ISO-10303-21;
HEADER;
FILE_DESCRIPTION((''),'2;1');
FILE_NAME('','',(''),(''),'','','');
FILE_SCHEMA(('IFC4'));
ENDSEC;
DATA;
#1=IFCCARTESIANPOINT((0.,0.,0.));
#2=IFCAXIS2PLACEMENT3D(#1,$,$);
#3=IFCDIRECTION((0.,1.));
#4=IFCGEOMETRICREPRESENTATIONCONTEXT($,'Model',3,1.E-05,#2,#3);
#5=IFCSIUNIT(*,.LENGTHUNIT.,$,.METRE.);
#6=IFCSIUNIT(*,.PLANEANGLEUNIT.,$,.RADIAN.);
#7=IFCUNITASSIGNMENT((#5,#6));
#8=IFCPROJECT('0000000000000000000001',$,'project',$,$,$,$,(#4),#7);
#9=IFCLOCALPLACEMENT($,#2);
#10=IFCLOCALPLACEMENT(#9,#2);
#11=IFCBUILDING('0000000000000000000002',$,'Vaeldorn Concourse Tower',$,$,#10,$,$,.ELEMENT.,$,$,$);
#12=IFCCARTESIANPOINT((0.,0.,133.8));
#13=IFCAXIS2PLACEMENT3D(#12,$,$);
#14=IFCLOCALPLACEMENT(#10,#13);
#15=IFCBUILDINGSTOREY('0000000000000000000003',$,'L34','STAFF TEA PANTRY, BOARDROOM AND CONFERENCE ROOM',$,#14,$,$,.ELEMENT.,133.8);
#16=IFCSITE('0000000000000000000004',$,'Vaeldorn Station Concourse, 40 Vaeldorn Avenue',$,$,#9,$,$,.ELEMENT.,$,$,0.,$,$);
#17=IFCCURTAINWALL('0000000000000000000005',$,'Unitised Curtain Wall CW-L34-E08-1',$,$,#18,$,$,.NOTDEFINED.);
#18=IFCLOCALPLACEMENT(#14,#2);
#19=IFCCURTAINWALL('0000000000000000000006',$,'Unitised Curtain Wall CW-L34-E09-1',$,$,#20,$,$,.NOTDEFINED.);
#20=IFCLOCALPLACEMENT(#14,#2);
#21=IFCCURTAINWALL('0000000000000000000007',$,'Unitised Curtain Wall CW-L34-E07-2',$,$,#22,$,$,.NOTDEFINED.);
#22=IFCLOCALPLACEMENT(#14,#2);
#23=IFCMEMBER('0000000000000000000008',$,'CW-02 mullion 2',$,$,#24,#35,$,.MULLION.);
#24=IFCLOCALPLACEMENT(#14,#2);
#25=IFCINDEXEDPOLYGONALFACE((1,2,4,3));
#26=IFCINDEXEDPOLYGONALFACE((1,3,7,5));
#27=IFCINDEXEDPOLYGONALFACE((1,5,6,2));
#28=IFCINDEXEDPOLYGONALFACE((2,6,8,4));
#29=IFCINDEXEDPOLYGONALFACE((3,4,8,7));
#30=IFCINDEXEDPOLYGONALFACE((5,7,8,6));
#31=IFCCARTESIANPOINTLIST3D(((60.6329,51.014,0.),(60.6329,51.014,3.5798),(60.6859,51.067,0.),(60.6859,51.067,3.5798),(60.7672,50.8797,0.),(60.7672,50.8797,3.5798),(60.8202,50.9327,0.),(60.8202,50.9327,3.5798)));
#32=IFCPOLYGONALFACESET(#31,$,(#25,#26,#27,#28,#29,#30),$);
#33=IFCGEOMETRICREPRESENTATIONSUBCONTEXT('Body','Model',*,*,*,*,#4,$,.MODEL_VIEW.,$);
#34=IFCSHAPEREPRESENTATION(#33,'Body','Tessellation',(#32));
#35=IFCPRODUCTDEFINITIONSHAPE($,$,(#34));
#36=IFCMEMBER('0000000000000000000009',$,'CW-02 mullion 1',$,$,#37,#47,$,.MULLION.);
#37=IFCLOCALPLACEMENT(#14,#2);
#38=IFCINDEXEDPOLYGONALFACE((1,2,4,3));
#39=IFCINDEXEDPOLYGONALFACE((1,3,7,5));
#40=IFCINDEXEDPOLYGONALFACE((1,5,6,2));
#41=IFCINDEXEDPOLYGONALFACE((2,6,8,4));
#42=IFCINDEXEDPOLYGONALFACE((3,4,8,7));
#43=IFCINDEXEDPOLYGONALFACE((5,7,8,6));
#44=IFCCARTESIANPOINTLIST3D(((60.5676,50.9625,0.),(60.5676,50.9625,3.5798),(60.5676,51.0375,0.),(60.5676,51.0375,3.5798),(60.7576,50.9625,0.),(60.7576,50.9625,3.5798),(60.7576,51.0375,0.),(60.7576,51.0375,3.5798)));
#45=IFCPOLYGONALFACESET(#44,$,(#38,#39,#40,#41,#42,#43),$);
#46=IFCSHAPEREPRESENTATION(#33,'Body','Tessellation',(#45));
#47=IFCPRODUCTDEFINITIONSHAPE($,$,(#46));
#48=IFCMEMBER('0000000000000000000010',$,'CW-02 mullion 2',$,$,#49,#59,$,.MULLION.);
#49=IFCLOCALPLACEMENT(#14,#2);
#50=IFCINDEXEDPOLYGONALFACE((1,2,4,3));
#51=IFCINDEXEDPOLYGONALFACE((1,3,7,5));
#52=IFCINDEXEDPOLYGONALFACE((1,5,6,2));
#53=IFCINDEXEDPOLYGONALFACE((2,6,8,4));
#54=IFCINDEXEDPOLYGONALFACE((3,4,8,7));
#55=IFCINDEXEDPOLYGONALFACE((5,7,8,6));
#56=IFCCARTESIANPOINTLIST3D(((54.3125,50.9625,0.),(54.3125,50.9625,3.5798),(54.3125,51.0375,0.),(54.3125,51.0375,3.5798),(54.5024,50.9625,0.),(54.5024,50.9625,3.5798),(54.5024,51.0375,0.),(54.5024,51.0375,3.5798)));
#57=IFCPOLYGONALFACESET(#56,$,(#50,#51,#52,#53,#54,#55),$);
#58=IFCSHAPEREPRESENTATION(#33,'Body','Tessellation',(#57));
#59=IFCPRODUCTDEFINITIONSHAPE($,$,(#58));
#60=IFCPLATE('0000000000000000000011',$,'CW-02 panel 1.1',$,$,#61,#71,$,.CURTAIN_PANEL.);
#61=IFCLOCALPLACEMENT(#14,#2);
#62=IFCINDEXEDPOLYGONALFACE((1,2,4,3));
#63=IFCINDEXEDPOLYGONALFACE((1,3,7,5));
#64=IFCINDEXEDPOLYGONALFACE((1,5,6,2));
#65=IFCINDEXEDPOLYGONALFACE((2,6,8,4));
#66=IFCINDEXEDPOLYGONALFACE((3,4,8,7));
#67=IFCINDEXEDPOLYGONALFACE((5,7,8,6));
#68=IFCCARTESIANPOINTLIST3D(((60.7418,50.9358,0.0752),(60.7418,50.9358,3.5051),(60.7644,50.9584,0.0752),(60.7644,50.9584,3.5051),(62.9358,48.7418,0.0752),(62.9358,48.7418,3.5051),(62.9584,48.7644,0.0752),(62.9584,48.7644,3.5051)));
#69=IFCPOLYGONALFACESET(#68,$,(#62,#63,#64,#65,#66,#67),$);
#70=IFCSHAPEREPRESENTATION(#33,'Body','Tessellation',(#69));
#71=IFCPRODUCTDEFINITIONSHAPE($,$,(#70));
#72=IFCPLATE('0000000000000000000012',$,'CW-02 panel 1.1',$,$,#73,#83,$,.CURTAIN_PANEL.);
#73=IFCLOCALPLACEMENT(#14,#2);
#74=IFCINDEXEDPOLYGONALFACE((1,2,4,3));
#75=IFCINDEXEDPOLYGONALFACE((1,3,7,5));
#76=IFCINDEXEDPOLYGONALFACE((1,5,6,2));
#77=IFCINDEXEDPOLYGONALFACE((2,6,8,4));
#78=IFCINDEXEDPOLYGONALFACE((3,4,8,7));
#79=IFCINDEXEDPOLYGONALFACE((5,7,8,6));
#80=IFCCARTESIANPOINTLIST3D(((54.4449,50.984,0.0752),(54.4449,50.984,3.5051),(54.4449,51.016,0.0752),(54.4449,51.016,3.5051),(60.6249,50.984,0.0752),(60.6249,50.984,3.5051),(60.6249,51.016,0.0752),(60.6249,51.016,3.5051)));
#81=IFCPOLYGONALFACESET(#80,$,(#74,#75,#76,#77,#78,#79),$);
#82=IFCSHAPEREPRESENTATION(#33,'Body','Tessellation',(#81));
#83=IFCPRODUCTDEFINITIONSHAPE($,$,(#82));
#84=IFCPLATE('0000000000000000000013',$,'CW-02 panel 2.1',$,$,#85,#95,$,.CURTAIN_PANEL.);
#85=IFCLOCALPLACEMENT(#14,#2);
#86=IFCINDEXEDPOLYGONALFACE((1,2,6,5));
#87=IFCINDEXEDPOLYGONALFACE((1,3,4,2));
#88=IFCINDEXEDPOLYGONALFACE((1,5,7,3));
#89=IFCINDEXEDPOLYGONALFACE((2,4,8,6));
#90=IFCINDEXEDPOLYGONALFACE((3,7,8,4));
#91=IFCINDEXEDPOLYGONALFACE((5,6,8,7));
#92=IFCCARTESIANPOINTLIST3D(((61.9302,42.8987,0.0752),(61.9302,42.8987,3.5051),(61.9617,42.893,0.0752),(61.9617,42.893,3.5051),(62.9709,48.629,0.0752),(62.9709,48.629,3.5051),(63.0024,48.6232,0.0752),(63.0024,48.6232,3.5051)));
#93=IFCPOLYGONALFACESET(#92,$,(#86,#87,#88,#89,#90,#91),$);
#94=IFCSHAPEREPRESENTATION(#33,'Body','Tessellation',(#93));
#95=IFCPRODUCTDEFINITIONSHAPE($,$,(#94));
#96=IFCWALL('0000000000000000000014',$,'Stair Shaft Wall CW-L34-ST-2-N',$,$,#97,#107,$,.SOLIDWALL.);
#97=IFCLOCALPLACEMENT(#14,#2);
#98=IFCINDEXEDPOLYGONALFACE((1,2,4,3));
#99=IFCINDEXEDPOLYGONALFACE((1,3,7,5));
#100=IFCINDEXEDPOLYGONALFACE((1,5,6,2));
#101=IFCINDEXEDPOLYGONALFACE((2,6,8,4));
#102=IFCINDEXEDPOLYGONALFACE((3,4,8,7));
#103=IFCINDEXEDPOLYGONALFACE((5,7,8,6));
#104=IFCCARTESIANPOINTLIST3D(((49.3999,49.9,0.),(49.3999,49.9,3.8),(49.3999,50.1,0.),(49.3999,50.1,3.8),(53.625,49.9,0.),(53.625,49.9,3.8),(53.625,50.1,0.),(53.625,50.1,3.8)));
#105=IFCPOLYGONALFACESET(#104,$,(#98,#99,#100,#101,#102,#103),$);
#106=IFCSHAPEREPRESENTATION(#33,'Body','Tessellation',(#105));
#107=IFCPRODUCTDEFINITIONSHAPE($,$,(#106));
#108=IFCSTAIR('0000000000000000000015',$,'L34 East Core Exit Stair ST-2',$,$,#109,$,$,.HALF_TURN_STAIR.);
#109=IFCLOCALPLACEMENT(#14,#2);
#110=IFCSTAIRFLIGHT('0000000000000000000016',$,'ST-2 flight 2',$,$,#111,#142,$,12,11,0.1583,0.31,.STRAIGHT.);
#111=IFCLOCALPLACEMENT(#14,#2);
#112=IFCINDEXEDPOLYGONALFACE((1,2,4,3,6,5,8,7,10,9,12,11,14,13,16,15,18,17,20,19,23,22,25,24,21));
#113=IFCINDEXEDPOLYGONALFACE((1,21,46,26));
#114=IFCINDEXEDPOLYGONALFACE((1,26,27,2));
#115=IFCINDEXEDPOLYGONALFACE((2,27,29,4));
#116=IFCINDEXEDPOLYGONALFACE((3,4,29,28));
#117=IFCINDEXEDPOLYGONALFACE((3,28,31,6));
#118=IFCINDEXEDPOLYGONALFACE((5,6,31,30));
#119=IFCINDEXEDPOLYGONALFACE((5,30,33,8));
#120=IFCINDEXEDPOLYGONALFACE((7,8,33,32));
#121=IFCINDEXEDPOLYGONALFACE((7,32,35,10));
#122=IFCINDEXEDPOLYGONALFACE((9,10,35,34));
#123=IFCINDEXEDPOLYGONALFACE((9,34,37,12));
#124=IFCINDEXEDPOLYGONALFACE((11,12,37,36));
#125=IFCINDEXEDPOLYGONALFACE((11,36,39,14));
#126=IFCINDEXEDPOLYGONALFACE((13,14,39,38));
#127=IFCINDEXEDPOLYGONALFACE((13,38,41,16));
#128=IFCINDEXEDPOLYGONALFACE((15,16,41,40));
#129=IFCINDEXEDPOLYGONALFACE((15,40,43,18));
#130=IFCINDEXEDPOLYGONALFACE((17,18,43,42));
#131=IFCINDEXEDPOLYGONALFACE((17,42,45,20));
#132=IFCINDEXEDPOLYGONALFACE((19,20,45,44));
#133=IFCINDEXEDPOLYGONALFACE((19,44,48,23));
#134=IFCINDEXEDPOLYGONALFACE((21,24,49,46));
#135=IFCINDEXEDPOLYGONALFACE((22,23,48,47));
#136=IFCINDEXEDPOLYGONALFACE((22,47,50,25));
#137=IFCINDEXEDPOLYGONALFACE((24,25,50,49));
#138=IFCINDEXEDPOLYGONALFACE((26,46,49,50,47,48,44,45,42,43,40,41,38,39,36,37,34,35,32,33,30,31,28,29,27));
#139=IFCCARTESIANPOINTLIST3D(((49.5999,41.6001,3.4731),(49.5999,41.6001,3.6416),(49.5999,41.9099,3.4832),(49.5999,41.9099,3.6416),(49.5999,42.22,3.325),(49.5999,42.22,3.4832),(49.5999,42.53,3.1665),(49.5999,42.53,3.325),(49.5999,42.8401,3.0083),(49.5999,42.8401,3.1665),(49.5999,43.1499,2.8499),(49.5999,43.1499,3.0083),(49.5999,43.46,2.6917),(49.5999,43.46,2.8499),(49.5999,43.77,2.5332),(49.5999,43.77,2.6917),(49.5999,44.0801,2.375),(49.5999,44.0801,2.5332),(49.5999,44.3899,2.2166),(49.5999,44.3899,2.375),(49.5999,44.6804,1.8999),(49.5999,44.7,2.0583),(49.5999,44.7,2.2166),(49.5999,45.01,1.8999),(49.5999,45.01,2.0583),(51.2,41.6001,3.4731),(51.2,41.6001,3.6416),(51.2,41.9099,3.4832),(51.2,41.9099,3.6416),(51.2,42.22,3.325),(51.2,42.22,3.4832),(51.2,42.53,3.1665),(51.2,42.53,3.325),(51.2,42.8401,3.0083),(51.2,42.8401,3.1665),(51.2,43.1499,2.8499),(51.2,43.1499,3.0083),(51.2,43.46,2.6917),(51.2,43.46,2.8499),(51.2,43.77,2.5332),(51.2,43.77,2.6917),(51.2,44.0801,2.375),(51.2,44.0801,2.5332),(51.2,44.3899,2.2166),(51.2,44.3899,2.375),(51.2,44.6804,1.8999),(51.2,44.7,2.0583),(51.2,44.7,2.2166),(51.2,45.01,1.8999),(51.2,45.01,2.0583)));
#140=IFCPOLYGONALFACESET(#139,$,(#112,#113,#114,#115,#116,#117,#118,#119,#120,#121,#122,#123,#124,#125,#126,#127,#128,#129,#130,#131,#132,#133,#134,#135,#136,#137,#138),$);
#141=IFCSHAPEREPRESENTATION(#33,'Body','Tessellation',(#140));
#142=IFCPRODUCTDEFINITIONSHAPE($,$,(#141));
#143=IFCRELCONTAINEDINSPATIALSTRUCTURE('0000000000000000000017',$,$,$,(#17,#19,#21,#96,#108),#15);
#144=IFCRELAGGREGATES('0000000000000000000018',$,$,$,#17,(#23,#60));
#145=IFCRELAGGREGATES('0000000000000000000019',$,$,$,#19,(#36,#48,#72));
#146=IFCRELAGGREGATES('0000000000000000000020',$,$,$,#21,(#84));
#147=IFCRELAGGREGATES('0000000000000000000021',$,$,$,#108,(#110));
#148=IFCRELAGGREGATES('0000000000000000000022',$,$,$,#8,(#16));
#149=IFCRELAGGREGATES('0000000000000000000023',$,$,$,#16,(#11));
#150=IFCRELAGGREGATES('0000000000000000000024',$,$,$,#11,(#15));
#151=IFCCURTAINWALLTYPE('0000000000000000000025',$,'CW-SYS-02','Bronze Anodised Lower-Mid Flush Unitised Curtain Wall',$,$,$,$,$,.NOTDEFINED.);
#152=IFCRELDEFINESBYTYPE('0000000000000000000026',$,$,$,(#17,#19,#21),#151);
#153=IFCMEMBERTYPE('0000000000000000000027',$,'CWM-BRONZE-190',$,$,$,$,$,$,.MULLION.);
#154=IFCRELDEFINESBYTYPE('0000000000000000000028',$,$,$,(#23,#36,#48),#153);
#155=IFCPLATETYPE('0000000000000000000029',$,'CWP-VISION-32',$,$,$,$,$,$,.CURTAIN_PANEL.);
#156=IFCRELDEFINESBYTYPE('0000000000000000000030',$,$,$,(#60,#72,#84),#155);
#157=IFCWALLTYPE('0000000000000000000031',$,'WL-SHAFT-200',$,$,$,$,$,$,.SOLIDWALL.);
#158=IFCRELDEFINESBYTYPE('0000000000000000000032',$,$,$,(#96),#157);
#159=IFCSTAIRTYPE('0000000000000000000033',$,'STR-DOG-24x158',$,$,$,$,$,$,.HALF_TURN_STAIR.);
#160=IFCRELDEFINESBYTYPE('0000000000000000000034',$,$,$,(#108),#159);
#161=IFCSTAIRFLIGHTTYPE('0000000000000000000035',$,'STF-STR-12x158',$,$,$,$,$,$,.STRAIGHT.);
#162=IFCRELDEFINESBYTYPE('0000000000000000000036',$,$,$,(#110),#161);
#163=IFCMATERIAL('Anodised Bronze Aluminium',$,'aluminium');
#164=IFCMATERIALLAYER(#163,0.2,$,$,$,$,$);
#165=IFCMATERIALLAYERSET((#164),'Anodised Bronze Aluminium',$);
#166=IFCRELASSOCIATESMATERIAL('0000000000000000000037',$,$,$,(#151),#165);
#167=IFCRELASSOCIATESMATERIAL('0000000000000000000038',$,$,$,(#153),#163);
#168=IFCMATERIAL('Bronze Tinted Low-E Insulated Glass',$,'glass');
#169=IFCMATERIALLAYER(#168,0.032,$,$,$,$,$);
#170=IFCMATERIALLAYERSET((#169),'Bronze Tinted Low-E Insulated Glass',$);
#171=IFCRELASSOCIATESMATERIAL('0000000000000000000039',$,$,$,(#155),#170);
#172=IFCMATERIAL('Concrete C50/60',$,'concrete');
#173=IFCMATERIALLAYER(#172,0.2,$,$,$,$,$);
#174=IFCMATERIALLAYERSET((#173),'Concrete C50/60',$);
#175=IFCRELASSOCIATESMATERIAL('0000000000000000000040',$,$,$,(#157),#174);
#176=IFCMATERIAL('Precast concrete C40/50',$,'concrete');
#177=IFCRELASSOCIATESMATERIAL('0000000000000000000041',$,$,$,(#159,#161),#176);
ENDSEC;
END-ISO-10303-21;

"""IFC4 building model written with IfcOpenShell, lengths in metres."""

from ifc_helpers import new_model, si_unit, direction, frame, frame_2d, origin, origin_2d, place, context, subcontext, project, spatial, polyline, rectangle, outline, extrude, source, transform, mapped, material, layer, layer_set, material_profile, profile_set, type_object, element, aggregate, save


model = new_model("IFC4")

# Units and contexts
model_context = context("Model", 3, precision=1e-05, world=origin(), true_north=direction((0.0, 1.0)))
body_context = subcontext(model_context, "Body", "Model", "MODEL_VIEW")
ifc_project = project(units=[si_unit("LENGTHUNIT", "METRE"), si_unit("PLANEANGLEUNIT", "RADIAN")], contexts=[model_context])

# Site, building, storey
site_placement = place(None, origin())
site = spatial("IfcSite", under=ifc_project, at=site_placement, Name="Vaeldorn Station Concourse, 40 Vaeldorn Avenue", CompositionType="ELEMENT", RefElevation=0.0)
building_placement = place(site_placement, origin())
building = spatial("IfcBuilding", under=site, at=building_placement, Name="Vaeldorn Concourse Tower", CompositionType="ELEMENT")
storey_placement = place(building_placement, frame((0.0, 0.0, 133.8)))
storey = spatial("IfcBuildingStorey", under=building, at=storey_placement, Name="L34", Description="STAFF TEA PANTRY, BOARDROOM AND CONFERENCE ROOM", CompositionType="ELEMENT", Elevation=133.8)

# Curtain walls
ifc_material_1 = material(Name="Anodised Bronze Aluminium", Category="aluminium")
ifc_layer_1 = layer(ifc_material_1, 0.2)
ifc_layer_set_1 = layer_set([ifc_layer_1], Name="Anodised Bronze Aluminium")
curtain_wall_type = type_object("IfcCurtainWallType", Name="CW-SYS-02", Description="Bronze Anodised Lower-Mid Flush Unitised Curtain Wall", PredefinedType="NOTDEFINED", material=ifc_layer_set_1)
curtain_wall_1_placement = place(storey_placement, origin())
curtain_wall_1 = element("IfcCurtainWall", 1, at=curtain_wall_1_placement, inside=storey, type_object=curtain_wall_type, Name="Unitised Curtain Wall CW-L34-E08-1", PredefinedType="NOTDEFINED")
curtain_wall_2_placement = place(storey_placement, origin())
curtain_wall_2 = element("IfcCurtainWall", 2, at=curtain_wall_2_placement, inside=storey, type_object=curtain_wall_type, Name="Unitised Curtain Wall CW-L34-E09-1", PredefinedType="NOTDEFINED")

# Curtain wall
curtain_wall_3_placement = place(storey_placement, origin())
curtain_wall_3 = element("IfcCurtainWall", 3, at=curtain_wall_3_placement, inside=storey, type_object=curtain_wall_type, Name="Unitised Curtain Wall CW-L34-E07-2", PredefinedType="NOTDEFINED")
ifc_material_profile_1 = material_profile(ifc_material_1, rectangle(XDim=0.075, YDim=0.1899, at=origin_2d()), Name="CWM 75x190")
ifc_profile_set_1 = profile_set([ifc_material_profile_1], Name="Anodised Bronze Aluminium")
member_type_1 = type_object("IfcMemberType", Name="CWM-BRONZE-190", PredefinedType="MULLION", material=ifc_profile_set_1)
shared_shape_1 = source(origin(), body_context, "Body", "SweptSolid", [
    extrude(rectangle(XDim=0.075, YDim=0.1899, at=origin_2d()), origin(), (0.0, 0.0, 1.0), 3.5798),
])

# Members
member_1_placement = place(storey_placement, frame((60.7266, 50.9734, 0.0), z_axis=(0.0, 0.0, 1.0), x_axis=(-0.707107, -0.707107, 0.0)))
member_1 = element("IfcMember", 4, at=member_1_placement, type_object=member_type_1, Name="CW-02 mullion 2", PredefinedType="MULLION", context=body_context, shape_type="MappedRepresentation", body=[
    mapped(shared_shape_1, transform((0.0, 0.0, 0.0), scale=1.0)),
])
member_2_placement = place(storey_placement, frame((60.6626, 51.0, 0.0), z_axis=(0.0, 0.0, 1.0), x_axis=(0.0, -1.0, 0.0)))
member_2 = element("IfcMember", 5, at=member_2_placement, type_object=member_type_1, Name="CW-02 mullion 1", PredefinedType="MULLION", context=body_context, shape_type="MappedRepresentation", body=[
    mapped(shared_shape_1, transform((0.0, 0.0, 0.0), scale=1.0)),
])
member_3_placement = place(storey_placement, frame((54.4075, 51.0, 0.0), z_axis=(0.0, 0.0, 1.0), x_axis=(0.0, -1.0, 0.0)))
member_3 = element("IfcMember", 6, at=member_3_placement, type_object=member_type_1, Name="CW-02 mullion 2", PredefinedType="MULLION", context=body_context, shape_type="MappedRepresentation", body=[
    mapped(shared_shape_1, transform((0.0, 0.0, 0.0), scale=1.0)),
])

# Plates
ifc_material_2 = material(Name="Bronze Tinted Low-E Insulated Glass", Category="glass")
ifc_layer_2 = layer(ifc_material_2, 0.032)
ifc_layer_set_2 = layer_set([ifc_layer_2], Name="Bronze Tinted Low-E Insulated Glass")
plate_type = type_object("IfcPlateType", Name="CWP-VISION-32", PredefinedType="CURTAIN_PANEL", material=ifc_layer_set_2)
shared_shape_2 = source(origin(), body_context, "Body", "SweptSolid", [
    extrude(rectangle(XDim=3.1028, YDim=0.032, at=origin_2d()), origin(), (0.0, 0.0, 1.0), 3.4299),
])
plate_1_placement = place(storey_placement, frame((61.8501, 49.8501, 0.0752), z_axis=(0.0, 0.0, 1.0), x_axis=(-0.707107, 0.707107, 0.0)))
plate_1 = element("IfcPlate", 7, at=plate_1_placement, type_object=plate_type, Name="CW-02 panel 1.1", PredefinedType="CURTAIN_PANEL", context=body_context, shape_type="MappedRepresentation", body=[
    mapped(shared_shape_2, transform((0.0, 0.0, 0.0), scale=1.0)),
])
aggregate(curtain_wall_1, [member_1, plate_1])
shared_shape_3 = source(origin(), body_context, "Body", "SweptSolid", [
    extrude(rectangle(XDim=6.1799, YDim=0.032, at=origin_2d()), origin(), (0.0, 0.0, 1.0), 3.4299),
])
plate_2_placement = place(storey_placement, frame((57.5349, 51.0, 0.0752), z_axis=(0.0, 0.0, 1.0), x_axis=(-1.0, 0.0, 0.0)))
plate_2 = element("IfcPlate", 8, at=plate_2_placement, type_object=plate_type, Name="CW-02 panel 1.1", PredefinedType="CURTAIN_PANEL", context=body_context, shape_type="MappedRepresentation", body=[
    mapped(shared_shape_3, transform((0.0, 0.0, 0.0), scale=1.0)),
])
aggregate(curtain_wall_2, [member_2, member_3, plate_2])
shared_shape_4 = source(origin(), body_context, "Body", "SweptSolid", [
    extrude(rectangle(XDim=5.824, YDim=0.032, at=origin_2d()), origin(), (0.0, 0.0, 1.0), 3.4299),
])
plate_3_placement = place(storey_placement, frame((62.4663, 45.761, 0.0752), z_axis=(0.0, 0.0, 1.0), x_axis=(0.17869, 0.983905, 0.0)))
plate_3 = element("IfcPlate", 9, at=plate_3_placement, type_object=plate_type, Name="CW-02 panel 2.1", PredefinedType="CURTAIN_PANEL", context=body_context, shape_type="MappedRepresentation", body=[
    mapped(shared_shape_4, transform((0.0, 0.0, 0.0), scale=1.0)),
])
aggregate(curtain_wall_3, [plate_3])

# Wall
ifc_material_3 = material(Name="Concrete C50/60", Category="concrete")
ifc_layer_3 = layer(ifc_material_3, 0.2)
ifc_layer_set_3 = layer_set([ifc_layer_3], Name="Concrete C50/60")
wall_type = type_object("IfcWallType", Name="WL-SHAFT-200", PredefinedType="SOLIDWALL", material=ifc_layer_set_3)
wall_placement = place(storey_placement, frame((49.3999, 50.0, 0.0), z_axis=(0.0, 0.0, 1.0), x_axis=(1.0, 0.0, 0.0)))
element("IfcWall", 10, at=wall_placement, inside=storey, type_object=wall_type, Name="Stair Shaft Wall CW-L34-ST-2-N", PredefinedType="SOLIDWALL", context=body_context, shape_type="SweptSolid", body=[
    extrude(rectangle(XDim=4.2251, YDim=0.2, at=frame_2d((2.1125, 0.0))), origin(), (0.0, 0.0, 1.0), 3.8),
])

# Stair, stair flight
ifc_material_4 = material(Name="Precast concrete C40/50", Category="concrete")
stair_type = type_object("IfcStairType", Name="STR-DOG-24x158", PredefinedType="HALF_TURN_STAIR", material=ifc_material_4)
stair_placement = place(storey_placement, origin())
stair = element("IfcStair", 11, at=stair_placement, inside=storey, type_object=stair_type, Name="L34 East Core Exit Stair ST-2", PredefinedType="HALF_TURN_STAIR")
stair_flight_type = type_object("IfcStairFlightType", Name="STF-STR-12x158", PredefinedType="STRAIGHT", material=ifc_material_4)
stair_flight_placement = place(storey_placement, frame((50.3999, 45.01, 1.8999), z_axis=(0.0, 0.0, 1.0), x_axis=(0.0, -1.0, 0.0)))
stair_flight = element("IfcStairFlight", 12, at=stair_flight_placement, type_object=stair_flight_type, Name="ST-2 flight 2", NumberOfRisers=12, NumberOfTreads=11, PredefinedType="STRAIGHT", RiserHeight=0.1583, TreadLength=0.31, context=body_context, shape_type="SweptSolid", body=[
    extrude(outline(polyline([(0.0, 0.0), (0.0, 0.1584), (0.3101, 0.1584), (0.3101, 0.3167), (0.6201, 0.3167), (0.6201, 0.4751), (0.9299, 0.4751), (0.9299, 0.6333), (1.24, 0.6333), (1.24, 0.7917), (1.55, 0.7917), (1.55, 0.95), (1.8601, 0.95), (1.8601, 1.1084), (2.1699, 1.1084), (2.1699, 1.2666), (2.48, 1.2666), (2.48, 1.425), (2.79, 1.425), (2.79, 1.5833), (3.1001, 1.5833), (3.1001, 1.7417), (3.4099, 1.7417), (3.4099, 1.8999), (3.4099, 1.5732), (0.3296, 0.0), (0.0, 0.0)])), frame((0.0, 0.8, 0.0), z_axis=(0.0, -1.0, 0.0), x_axis=(1.0, 0.0, 0.0)), (0.0, 0.0, 1.0), 1.6001),
])
aggregate(stair, [stair_flight])

save(model, "model.ifc")
